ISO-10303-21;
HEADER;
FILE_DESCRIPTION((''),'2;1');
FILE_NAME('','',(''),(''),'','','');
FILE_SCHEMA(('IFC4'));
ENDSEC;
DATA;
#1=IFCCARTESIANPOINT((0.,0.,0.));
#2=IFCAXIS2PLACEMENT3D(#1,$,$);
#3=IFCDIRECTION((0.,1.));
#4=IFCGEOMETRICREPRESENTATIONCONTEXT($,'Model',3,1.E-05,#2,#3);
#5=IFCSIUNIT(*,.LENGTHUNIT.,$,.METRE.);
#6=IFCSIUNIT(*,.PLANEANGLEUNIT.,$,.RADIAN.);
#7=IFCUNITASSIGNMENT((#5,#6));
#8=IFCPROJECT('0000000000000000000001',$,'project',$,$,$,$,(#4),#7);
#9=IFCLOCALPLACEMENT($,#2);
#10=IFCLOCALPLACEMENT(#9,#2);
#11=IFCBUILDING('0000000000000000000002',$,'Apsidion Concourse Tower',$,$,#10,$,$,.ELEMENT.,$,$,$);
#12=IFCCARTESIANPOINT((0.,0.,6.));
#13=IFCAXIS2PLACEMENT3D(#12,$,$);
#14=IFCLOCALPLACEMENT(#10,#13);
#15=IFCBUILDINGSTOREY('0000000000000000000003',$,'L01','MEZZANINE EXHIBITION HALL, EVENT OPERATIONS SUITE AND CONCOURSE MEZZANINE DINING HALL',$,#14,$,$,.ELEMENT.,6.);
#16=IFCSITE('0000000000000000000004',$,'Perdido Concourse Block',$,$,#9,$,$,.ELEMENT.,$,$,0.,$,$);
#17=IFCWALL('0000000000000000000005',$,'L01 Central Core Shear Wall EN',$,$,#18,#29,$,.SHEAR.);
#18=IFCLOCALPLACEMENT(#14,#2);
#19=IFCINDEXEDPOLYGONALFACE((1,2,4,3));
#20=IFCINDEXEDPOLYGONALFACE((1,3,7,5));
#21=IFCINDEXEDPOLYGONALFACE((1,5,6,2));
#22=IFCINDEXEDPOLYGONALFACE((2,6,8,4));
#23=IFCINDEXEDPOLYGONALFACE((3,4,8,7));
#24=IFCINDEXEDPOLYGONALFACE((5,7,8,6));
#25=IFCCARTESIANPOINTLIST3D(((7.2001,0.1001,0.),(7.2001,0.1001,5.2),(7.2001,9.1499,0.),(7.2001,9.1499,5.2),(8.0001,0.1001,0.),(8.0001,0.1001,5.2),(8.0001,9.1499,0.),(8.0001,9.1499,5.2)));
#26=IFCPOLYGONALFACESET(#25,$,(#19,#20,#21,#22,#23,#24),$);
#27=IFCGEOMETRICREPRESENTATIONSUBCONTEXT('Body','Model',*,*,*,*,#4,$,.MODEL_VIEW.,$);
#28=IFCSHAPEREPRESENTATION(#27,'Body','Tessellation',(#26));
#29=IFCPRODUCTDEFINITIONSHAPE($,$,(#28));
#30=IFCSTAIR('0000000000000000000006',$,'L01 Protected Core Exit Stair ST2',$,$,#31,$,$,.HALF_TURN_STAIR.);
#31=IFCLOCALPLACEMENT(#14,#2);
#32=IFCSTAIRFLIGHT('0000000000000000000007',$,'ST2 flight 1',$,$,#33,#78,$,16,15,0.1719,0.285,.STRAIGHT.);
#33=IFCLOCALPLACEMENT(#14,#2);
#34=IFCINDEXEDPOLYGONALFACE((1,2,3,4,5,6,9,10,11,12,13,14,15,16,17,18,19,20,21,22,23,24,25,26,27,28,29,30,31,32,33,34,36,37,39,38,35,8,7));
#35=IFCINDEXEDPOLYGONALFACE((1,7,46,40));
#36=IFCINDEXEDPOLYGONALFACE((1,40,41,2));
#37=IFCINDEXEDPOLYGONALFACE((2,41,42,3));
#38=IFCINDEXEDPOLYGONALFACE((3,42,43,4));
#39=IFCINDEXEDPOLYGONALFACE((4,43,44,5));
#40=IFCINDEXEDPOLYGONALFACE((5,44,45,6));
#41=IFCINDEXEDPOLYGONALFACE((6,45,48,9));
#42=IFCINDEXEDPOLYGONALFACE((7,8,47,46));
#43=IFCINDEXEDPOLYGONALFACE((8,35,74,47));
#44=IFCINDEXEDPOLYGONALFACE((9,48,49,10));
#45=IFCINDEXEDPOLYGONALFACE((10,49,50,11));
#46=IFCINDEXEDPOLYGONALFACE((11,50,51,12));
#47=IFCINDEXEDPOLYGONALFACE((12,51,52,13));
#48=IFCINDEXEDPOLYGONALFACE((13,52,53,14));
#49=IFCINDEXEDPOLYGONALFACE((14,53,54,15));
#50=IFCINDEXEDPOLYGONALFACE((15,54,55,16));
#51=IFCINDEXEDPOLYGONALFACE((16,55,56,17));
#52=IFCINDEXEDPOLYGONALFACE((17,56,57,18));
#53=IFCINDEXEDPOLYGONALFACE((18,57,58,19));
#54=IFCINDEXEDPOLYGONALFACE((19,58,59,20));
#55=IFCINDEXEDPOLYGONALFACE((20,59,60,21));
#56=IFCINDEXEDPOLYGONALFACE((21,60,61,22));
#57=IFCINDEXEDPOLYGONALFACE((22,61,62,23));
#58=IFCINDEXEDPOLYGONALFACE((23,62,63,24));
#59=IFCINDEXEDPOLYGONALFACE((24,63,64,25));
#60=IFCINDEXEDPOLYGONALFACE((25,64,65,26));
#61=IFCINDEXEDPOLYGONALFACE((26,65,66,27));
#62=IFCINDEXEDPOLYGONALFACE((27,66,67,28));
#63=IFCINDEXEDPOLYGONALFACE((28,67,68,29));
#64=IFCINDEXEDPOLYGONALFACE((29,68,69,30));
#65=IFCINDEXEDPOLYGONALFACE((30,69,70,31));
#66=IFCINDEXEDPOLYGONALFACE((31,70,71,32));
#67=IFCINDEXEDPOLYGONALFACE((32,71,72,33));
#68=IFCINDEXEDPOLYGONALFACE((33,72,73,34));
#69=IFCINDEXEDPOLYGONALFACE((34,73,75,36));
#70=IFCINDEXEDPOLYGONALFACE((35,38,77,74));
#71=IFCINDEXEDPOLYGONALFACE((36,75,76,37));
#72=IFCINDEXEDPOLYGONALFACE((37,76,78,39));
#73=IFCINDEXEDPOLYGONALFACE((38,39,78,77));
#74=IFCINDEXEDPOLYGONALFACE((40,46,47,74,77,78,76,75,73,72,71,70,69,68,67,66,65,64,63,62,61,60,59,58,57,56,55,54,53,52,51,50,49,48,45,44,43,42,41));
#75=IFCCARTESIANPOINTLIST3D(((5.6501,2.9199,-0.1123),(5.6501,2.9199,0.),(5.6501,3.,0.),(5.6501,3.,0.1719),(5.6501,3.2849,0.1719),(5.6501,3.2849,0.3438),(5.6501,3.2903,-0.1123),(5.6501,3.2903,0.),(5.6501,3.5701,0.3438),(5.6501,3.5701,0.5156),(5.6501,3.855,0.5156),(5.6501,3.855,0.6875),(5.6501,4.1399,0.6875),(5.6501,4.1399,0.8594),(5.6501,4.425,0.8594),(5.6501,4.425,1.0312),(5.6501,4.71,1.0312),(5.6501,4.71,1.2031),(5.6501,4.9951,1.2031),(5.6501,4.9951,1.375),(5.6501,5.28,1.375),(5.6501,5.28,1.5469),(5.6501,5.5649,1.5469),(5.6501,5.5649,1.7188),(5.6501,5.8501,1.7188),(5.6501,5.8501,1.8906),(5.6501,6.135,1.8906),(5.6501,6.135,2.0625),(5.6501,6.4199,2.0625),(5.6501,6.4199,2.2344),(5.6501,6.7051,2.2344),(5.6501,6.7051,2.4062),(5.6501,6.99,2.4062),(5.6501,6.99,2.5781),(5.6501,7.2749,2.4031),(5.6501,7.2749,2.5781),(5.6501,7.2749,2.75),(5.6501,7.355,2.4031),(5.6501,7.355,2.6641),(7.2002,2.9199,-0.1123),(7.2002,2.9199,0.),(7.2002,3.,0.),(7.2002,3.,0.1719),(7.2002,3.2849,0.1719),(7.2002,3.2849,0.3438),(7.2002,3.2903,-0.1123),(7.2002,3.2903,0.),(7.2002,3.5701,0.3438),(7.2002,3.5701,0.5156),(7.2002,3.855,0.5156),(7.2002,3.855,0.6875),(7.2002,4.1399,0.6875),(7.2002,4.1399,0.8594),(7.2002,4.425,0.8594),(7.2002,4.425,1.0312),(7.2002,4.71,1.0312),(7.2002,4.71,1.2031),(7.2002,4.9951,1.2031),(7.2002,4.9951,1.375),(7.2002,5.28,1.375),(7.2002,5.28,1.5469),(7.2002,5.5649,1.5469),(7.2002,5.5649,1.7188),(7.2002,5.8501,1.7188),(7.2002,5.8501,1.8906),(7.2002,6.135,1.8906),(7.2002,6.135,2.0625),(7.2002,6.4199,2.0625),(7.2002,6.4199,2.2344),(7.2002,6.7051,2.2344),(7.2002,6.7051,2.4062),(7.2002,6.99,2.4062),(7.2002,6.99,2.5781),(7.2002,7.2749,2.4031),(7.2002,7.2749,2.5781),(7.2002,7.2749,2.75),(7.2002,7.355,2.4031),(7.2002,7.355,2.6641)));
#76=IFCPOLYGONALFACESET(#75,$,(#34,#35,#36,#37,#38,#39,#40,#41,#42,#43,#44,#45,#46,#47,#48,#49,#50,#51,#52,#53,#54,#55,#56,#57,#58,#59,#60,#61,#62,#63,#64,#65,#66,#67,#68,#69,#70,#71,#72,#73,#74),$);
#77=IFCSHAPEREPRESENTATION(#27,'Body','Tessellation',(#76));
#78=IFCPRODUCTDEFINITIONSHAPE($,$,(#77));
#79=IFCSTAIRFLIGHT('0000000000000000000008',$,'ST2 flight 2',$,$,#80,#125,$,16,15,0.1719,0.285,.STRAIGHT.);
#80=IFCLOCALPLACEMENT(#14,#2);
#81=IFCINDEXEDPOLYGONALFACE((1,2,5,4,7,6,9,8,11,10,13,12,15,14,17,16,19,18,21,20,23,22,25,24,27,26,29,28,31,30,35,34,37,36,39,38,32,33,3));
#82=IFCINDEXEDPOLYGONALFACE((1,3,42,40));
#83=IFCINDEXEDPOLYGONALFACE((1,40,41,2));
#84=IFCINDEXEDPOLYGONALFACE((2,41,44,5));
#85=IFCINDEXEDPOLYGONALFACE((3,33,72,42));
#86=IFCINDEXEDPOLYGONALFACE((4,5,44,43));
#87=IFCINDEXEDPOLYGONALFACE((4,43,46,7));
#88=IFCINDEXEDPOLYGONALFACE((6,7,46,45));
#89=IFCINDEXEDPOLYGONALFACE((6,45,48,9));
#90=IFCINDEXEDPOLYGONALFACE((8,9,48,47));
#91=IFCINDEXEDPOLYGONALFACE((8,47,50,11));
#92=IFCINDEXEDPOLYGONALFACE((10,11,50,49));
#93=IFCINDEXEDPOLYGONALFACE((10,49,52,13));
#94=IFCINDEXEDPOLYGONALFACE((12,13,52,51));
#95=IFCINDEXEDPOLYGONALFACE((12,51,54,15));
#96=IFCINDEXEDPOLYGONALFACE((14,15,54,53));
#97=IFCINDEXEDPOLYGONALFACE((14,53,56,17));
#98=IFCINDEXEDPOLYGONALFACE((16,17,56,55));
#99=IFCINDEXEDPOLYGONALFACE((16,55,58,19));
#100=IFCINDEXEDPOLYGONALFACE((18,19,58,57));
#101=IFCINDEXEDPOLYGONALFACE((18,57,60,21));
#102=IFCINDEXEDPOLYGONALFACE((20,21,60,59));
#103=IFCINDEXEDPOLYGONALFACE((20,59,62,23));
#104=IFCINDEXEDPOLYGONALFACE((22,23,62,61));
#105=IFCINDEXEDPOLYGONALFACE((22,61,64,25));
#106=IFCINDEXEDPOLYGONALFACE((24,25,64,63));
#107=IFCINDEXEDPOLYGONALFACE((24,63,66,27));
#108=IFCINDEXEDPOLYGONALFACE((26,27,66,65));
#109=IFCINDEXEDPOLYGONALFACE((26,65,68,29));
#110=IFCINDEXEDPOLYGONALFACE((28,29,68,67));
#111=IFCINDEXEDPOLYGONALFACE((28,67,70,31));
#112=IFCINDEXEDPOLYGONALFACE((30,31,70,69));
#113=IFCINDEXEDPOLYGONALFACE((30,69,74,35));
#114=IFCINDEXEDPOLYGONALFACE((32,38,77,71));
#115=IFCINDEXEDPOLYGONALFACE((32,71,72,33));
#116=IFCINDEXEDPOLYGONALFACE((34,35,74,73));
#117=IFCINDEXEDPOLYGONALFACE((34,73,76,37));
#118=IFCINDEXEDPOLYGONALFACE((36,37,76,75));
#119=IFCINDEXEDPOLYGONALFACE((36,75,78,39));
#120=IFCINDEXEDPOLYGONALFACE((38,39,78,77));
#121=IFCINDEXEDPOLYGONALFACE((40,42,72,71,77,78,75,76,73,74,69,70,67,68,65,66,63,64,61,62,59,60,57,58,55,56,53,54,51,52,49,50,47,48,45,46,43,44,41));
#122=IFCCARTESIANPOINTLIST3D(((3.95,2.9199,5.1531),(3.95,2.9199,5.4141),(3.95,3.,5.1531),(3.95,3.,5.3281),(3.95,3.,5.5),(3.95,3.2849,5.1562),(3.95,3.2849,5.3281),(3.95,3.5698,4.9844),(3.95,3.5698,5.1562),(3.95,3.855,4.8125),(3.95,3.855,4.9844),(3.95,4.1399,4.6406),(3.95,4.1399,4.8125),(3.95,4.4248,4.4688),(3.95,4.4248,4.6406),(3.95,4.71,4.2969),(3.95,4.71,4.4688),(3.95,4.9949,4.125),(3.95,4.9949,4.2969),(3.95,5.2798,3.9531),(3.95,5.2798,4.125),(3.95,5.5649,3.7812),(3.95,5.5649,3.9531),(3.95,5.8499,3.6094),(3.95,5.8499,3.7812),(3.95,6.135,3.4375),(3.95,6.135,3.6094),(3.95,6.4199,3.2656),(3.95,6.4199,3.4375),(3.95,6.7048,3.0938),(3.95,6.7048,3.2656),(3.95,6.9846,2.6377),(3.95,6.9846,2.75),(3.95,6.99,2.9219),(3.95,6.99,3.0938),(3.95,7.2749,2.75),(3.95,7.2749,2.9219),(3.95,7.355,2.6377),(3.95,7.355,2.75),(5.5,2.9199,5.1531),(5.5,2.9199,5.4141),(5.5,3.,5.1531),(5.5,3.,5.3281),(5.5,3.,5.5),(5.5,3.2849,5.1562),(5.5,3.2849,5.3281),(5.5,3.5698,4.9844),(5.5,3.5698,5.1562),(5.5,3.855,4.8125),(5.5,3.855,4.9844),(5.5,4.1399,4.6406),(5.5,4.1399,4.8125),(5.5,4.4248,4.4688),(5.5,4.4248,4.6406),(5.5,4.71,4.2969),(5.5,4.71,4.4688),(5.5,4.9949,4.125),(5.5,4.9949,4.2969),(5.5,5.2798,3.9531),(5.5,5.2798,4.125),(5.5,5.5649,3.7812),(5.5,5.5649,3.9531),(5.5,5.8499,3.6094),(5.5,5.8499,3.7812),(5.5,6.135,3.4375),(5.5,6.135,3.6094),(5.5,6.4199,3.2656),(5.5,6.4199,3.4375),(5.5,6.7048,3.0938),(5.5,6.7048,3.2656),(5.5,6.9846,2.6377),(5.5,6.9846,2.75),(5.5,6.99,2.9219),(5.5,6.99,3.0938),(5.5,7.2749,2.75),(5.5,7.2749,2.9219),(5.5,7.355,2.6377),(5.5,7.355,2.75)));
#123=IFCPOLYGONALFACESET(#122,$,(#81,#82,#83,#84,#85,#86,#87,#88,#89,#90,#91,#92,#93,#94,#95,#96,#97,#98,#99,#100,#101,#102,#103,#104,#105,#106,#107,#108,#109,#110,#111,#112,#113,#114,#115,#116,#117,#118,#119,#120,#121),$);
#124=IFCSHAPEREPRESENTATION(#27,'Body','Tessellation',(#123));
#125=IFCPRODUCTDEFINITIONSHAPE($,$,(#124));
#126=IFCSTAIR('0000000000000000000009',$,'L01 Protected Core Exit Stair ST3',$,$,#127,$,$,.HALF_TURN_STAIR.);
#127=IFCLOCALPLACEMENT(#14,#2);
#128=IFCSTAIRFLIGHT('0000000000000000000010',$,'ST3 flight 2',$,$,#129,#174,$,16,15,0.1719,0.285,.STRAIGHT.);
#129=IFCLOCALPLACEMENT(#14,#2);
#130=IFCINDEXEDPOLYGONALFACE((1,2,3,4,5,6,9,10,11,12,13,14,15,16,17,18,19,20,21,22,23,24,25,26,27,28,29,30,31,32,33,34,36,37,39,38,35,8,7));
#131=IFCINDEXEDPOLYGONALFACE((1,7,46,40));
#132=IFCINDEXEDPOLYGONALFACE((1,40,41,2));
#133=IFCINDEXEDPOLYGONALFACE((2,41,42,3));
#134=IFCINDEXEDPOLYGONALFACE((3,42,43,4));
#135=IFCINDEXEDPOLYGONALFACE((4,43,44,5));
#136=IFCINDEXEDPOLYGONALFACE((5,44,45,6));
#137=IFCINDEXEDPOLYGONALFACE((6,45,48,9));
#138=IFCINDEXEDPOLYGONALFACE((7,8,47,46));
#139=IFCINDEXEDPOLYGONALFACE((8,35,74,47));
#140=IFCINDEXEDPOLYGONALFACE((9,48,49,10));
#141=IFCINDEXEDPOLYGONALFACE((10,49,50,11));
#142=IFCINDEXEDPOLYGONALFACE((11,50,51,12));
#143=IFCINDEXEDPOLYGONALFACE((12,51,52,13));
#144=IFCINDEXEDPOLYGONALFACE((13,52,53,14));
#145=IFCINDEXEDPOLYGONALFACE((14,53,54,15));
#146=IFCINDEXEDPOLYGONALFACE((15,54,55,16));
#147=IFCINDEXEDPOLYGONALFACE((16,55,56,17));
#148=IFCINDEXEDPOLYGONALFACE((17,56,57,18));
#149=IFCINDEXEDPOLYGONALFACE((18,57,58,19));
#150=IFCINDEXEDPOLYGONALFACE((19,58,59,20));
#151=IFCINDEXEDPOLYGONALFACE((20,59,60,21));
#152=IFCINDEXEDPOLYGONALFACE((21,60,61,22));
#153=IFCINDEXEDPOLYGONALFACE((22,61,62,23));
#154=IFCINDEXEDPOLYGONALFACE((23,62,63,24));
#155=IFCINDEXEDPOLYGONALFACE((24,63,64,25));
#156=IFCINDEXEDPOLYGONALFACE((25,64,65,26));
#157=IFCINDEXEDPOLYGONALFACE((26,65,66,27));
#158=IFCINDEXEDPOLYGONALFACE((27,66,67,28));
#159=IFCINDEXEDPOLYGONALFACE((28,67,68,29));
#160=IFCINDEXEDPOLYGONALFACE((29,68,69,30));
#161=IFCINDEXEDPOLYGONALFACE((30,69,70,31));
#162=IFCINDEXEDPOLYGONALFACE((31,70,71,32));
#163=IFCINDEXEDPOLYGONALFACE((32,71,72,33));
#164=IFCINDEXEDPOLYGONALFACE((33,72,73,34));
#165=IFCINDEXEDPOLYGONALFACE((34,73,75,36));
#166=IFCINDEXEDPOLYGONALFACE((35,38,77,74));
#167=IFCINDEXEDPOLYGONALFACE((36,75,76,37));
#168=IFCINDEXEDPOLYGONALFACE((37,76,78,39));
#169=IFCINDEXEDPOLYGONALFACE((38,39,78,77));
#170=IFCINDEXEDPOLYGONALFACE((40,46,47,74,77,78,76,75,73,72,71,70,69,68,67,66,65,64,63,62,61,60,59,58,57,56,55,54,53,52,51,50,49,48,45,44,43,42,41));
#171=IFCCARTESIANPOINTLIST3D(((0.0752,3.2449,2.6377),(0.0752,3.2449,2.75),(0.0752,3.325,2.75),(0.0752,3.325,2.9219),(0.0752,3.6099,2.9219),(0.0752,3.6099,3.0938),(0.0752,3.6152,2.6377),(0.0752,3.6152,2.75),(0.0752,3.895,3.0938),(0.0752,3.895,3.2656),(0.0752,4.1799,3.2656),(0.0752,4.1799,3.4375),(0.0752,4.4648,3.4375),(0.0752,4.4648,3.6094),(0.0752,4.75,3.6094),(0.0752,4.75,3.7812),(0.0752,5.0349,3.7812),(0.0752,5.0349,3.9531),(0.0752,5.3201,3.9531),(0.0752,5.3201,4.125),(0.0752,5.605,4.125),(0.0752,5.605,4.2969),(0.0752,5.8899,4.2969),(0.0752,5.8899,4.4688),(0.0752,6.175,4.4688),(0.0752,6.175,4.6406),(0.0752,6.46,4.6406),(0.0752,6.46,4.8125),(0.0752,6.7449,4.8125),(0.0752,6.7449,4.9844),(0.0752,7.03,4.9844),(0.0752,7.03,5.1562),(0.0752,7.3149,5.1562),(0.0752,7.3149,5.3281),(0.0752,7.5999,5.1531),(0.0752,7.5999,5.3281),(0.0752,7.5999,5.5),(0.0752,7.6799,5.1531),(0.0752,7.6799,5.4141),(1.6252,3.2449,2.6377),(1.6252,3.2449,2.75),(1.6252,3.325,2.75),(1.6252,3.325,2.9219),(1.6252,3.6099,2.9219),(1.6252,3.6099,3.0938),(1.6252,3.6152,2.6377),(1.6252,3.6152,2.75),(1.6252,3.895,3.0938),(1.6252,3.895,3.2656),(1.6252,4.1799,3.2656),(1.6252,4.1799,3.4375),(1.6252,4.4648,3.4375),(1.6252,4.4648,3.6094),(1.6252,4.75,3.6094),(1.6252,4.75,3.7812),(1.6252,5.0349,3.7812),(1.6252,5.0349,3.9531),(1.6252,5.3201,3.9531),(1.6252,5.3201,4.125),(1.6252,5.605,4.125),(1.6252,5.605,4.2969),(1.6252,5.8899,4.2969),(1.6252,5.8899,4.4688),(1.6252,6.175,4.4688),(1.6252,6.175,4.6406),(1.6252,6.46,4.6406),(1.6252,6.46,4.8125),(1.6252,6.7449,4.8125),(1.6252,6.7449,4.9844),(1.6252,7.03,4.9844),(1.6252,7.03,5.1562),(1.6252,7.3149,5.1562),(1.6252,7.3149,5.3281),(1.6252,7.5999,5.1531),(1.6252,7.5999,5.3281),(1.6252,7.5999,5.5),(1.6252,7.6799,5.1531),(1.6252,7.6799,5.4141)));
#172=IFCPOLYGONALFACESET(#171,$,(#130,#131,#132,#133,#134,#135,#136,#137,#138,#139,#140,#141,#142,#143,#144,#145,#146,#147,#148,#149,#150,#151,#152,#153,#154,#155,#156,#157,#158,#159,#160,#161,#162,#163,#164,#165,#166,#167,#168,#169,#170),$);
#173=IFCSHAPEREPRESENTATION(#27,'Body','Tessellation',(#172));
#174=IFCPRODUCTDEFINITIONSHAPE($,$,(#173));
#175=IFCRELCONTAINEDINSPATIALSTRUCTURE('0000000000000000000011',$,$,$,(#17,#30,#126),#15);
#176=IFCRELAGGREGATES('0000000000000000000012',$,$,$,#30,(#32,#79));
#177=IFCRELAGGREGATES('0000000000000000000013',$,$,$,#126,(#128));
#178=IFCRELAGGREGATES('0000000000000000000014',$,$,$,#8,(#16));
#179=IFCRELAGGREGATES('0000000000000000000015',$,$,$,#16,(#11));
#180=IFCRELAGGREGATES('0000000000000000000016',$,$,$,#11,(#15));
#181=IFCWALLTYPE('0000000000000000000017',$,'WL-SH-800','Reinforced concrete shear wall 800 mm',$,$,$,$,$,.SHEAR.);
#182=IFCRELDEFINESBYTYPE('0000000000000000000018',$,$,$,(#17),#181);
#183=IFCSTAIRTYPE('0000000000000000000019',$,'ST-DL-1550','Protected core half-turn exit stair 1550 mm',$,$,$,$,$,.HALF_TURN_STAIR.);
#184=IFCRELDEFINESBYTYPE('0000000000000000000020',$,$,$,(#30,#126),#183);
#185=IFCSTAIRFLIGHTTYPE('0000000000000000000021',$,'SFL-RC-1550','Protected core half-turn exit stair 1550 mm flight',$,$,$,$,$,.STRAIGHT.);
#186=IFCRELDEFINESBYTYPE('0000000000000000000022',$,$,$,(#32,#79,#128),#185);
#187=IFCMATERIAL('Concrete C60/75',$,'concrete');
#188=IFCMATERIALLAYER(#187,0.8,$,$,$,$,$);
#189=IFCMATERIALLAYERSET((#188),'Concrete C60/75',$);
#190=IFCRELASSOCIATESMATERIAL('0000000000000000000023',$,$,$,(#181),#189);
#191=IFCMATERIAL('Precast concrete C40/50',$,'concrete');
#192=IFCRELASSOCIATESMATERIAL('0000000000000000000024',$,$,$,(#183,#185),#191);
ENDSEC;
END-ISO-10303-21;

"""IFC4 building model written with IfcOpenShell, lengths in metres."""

from ifc_helpers import new_model, si_unit, direction, frame, frame_2d, origin, place, context, subcontext, project, spatial, polyline, rectangle, outline, extrude, material, layer, layer_set, type_object, element, aggregate, save


model = new_model("IFC4")

# Units and contexts
model_context = context("Model", 3, precision=1e-05, world=origin(), true_north=direction((0.0, 1.0)))
body_context = subcontext(model_context, "Body", "Model", "MODEL_VIEW")
ifc_project = project(units=[si_unit("LENGTHUNIT", "METRE"), si_unit("PLANEANGLEUNIT", "RADIAN")], contexts=[model_context])

# Site, building, storey
site_placement = place(None, origin())
site = spatial("IfcSite", under=ifc_project, at=site_placement, Name="Perdido Concourse Block", CompositionType="ELEMENT", RefElevation=0.0)
building_placement = place(site_placement, origin())
building = spatial("IfcBuilding", under=site, at=building_placement, Name="Apsidion Concourse Tower", CompositionType="ELEMENT")
storey_placement = place(building_placement, frame((0.0, 0.0, 6.0)))
storey = spatial("IfcBuildingStorey", under=building, at=storey_placement, Name="L01", Description="MEZZANINE EXHIBITION HALL, EVENT OPERATIONS SUITE AND CONCOURSE MEZZANINE DINING HALL", CompositionType="ELEMENT", Elevation=6.0)

# Shared definitions
ifc_material_1 = material(Name="Concrete C60/75", Category="concrete")

# Wall
ifc_layer_1 = layer(ifc_material_1, 0.8)
ifc_layer_set_1 = layer_set([ifc_layer_1], Name="Concrete C60/75")
wall_type_1 = type_object("IfcWallType", Name="WL-SH-800", Description="Reinforced concrete shear wall 800 mm", PredefinedType="SHEAR", material=ifc_layer_set_1)
wall_1_placement = place(storey_placement, frame((7.6001, 0.1001, 0.0), z_axis=(0.0, 0.0, 1.0), x_axis=(0.0, 1.0, 0.0)))
element("IfcWall", 1, at=wall_1_placement, inside=storey, type_object=wall_type_1, Name="L01 Central Core Shear Wall EN", PredefinedType="SHEAR", context=body_context, shape_type="SweptSolid", body=[
    extrude(rectangle(XDim=9.0498, YDim=0.8, at=frame_2d((4.5249, 0.0))), origin(), (0.0, 0.0, 1.0), 5.2),
])

# Stair, stair flights
ifc_material_2 = material(Name="Precast concrete C40/50", Category="concrete")
stair_type = type_object("IfcStairType", Name="ST-DL-1550", Description="Protected core half-turn exit stair 1550 mm", PredefinedType="HALF_TURN_STAIR", material=ifc_material_2)
stair_1_placement = place(storey_placement, origin())
stair_1 = element("IfcStair", 2, at=stair_1_placement, inside=storey, type_object=stair_type, Name="L01 Protected Core Exit Stair ST2", PredefinedType="HALF_TURN_STAIR")
stair_flight_type = type_object("IfcStairFlightType", Name="SFL-RC-1550", Description="Protected core half-turn exit stair 1550 mm flight", PredefinedType="STRAIGHT", material=ifc_material_2)
stair_flight_1_placement = place(storey_placement, frame((6.425, 3.0, 0.0), z_axis=(0.0, 0.0, 1.0), x_axis=(0.0, 1.0, 0.0)))
stair_flight_1 = element("IfcStairFlight", 3, at=stair_flight_1_placement, type_object=stair_flight_type, Name="ST2 flight 1", NumberOfRisers=16, NumberOfTreads=15, PredefinedType="STRAIGHT", RiserHeight=0.1719, TreadLength=0.285, context=body_context, shape_type="SweptSolid", body=[
    extrude(outline(polyline([(-0.0801, -0.1123), (-0.0801, 0.0), (0.0, 0.0), (0.0, 0.1719), (0.2849, 0.1719), (0.2849, 0.3438), (0.5701, 0.3438), (0.5701, 0.5156), (0.855, 0.5156), (0.855, 0.6875), (1.1399, 0.6875), (1.1399, 0.8594), (1.425, 0.8594), (1.425, 1.0312), (1.71, 1.0312), (1.71, 1.2031), (1.9951, 1.2031), (1.9951, 1.375), (2.28, 1.375), (2.28, 1.5469), (2.5649, 1.5469), (2.5649, 1.7188), (2.8501, 1.7188), (2.8501, 1.8906), (3.135, 1.8906), (3.135, 2.0625), (3.4199, 2.0625), (3.4199, 2.2344), (3.7051, 2.2344), (3.7051, 2.4062), (3.99, 2.4062), (3.99, 2.5781), (4.2749, 2.5781), (4.2749, 2.75), (4.355, 2.6641), (4.355, 2.4031), (4.2749, 2.4031), (0.2903, 0.0), (0.2903, -0.1123), (-0.0801, -0.1123)])), frame((0.0, 0.7749, 0.0), z_axis=(0.0, -1.0, 0.0), x_axis=(1.0, 0.0, 0.0)), (0.0, 0.0, 1.0), 1.55),
])
stair_flight_2_placement = place(storey_placement, frame((4.7251, 7.2749, 2.75), z_axis=(0.0, 0.0, 1.0), x_axis=(0.0, -1.0, 0.0)))
stair_flight_2 = element("IfcStairFlight", 4, at=stair_flight_2_placement, type_object=stair_flight_type, Name="ST2 flight 2", NumberOfRisers=16, NumberOfTreads=15, PredefinedType="STRAIGHT", RiserHeight=0.1719, TreadLength=0.285, context=body_context, shape_type="SweptSolid", body=[
    extrude(outline(polyline([(-0.0801, -0.1123), (-0.0801, 0.0), (0.0, 0.0), (0.0, 0.1719), (0.2849, 0.1719), (0.2849, 0.3438), (0.5701, 0.3438), (0.5701, 0.5156), (0.855, 0.5156), (0.855, 0.6875), (1.1399, 0.6875), (1.1399, 0.8594), (1.425, 0.8594), (1.425, 1.0312), (1.71, 1.0312), (1.71, 1.2031), (1.9951, 1.2031), (1.9951, 1.375), (2.28, 1.375), (2.28, 1.5469), (2.5649, 1.5469), (2.5649, 1.7188), (2.8501, 1.7188), (2.8501, 1.8906), (3.135, 1.8906), (3.135, 2.0625), (3.4199, 2.0625), (3.4199, 2.2344), (3.7051, 2.2344), (3.7051, 2.4062), (3.99, 2.4062), (3.99, 2.5781), (4.2749, 2.5781), (4.2749, 2.75), (4.355, 2.6641), (4.355, 2.4031), (4.2749, 2.4031), (0.2903, 0.0), (0.2903, -0.1123), (-0.0801, -0.1123)])), frame((0.0, 0.7749, 0.0), z_axis=(0.0, -1.0, 0.0), x_axis=(1.0, 0.0, 0.0)), (0.0, 0.0, 1.0), 1.55),
])
aggregate(stair_1, [stair_flight_1, stair_flight_2])

# Stair, stair flight
stair_2_placement = place(storey_placement, origin())
stair_2 = element("IfcStair", 5, at=stair_2_placement, inside=storey, type_object=stair_type, Name="L01 Protected Core Exit Stair ST3", PredefinedType="HALF_TURN_STAIR")
stair_flight_3_placement = place(storey_placement, frame((0.8501, 3.325, 2.75), z_axis=(0.0, 0.0, 1.0), x_axis=(0.0, 1.0, 0.0)))
stair_flight_3 = element("IfcStairFlight", 6, at=stair_flight_3_placement, type_object=stair_flight_type, Name="ST3 flight 2", NumberOfRisers=16, NumberOfTreads=15, PredefinedType="STRAIGHT", RiserHeight=0.1719, TreadLength=0.285, context=body_context, shape_type="SweptSolid", body=[
    extrude(outline(polyline([(-0.0801, -0.1123), (-0.0801, 0.0), (0.0, 0.0), (0.0, 0.1719), (0.2849, 0.1719), (0.2849, 0.3438), (0.5701, 0.3438), (0.5701, 0.5156), (0.855, 0.5156), (0.855, 0.6875), (1.1399, 0.6875), (1.1399, 0.8594), (1.425, 0.8594), (1.425, 1.0312), (1.71, 1.0312), (1.71, 1.2031), (1.9951, 1.2031), (1.9951, 1.375), (2.28, 1.375), (2.28, 1.5469), (2.5649, 1.5469), (2.5649, 1.7188), (2.8501, 1.7188), (2.8501, 1.8906), (3.135, 1.8906), (3.135, 2.0625), (3.4199, 2.0625), (3.4199, 2.2344), (3.7051, 2.2344), (3.7051, 2.4062), (3.99, 2.4062), (3.99, 2.5781), (4.2749, 2.5781), (4.2749, 2.75), (4.355, 2.6641), (4.355, 2.4031), (4.2749, 2.4031), (0.2903, 0.0), (0.2903, -0.1123), (-0.0801, -0.1123)])), frame((0.0, 0.7749, 0.0), z_axis=(0.0, -1.0, 0.0), x_axis=(1.0, 0.0, 0.0)), (0.0, 0.0, 1.0), 1.55),
])
aggregate(stair_2, [stair_flight_3])

save(model, "model.ifc")
